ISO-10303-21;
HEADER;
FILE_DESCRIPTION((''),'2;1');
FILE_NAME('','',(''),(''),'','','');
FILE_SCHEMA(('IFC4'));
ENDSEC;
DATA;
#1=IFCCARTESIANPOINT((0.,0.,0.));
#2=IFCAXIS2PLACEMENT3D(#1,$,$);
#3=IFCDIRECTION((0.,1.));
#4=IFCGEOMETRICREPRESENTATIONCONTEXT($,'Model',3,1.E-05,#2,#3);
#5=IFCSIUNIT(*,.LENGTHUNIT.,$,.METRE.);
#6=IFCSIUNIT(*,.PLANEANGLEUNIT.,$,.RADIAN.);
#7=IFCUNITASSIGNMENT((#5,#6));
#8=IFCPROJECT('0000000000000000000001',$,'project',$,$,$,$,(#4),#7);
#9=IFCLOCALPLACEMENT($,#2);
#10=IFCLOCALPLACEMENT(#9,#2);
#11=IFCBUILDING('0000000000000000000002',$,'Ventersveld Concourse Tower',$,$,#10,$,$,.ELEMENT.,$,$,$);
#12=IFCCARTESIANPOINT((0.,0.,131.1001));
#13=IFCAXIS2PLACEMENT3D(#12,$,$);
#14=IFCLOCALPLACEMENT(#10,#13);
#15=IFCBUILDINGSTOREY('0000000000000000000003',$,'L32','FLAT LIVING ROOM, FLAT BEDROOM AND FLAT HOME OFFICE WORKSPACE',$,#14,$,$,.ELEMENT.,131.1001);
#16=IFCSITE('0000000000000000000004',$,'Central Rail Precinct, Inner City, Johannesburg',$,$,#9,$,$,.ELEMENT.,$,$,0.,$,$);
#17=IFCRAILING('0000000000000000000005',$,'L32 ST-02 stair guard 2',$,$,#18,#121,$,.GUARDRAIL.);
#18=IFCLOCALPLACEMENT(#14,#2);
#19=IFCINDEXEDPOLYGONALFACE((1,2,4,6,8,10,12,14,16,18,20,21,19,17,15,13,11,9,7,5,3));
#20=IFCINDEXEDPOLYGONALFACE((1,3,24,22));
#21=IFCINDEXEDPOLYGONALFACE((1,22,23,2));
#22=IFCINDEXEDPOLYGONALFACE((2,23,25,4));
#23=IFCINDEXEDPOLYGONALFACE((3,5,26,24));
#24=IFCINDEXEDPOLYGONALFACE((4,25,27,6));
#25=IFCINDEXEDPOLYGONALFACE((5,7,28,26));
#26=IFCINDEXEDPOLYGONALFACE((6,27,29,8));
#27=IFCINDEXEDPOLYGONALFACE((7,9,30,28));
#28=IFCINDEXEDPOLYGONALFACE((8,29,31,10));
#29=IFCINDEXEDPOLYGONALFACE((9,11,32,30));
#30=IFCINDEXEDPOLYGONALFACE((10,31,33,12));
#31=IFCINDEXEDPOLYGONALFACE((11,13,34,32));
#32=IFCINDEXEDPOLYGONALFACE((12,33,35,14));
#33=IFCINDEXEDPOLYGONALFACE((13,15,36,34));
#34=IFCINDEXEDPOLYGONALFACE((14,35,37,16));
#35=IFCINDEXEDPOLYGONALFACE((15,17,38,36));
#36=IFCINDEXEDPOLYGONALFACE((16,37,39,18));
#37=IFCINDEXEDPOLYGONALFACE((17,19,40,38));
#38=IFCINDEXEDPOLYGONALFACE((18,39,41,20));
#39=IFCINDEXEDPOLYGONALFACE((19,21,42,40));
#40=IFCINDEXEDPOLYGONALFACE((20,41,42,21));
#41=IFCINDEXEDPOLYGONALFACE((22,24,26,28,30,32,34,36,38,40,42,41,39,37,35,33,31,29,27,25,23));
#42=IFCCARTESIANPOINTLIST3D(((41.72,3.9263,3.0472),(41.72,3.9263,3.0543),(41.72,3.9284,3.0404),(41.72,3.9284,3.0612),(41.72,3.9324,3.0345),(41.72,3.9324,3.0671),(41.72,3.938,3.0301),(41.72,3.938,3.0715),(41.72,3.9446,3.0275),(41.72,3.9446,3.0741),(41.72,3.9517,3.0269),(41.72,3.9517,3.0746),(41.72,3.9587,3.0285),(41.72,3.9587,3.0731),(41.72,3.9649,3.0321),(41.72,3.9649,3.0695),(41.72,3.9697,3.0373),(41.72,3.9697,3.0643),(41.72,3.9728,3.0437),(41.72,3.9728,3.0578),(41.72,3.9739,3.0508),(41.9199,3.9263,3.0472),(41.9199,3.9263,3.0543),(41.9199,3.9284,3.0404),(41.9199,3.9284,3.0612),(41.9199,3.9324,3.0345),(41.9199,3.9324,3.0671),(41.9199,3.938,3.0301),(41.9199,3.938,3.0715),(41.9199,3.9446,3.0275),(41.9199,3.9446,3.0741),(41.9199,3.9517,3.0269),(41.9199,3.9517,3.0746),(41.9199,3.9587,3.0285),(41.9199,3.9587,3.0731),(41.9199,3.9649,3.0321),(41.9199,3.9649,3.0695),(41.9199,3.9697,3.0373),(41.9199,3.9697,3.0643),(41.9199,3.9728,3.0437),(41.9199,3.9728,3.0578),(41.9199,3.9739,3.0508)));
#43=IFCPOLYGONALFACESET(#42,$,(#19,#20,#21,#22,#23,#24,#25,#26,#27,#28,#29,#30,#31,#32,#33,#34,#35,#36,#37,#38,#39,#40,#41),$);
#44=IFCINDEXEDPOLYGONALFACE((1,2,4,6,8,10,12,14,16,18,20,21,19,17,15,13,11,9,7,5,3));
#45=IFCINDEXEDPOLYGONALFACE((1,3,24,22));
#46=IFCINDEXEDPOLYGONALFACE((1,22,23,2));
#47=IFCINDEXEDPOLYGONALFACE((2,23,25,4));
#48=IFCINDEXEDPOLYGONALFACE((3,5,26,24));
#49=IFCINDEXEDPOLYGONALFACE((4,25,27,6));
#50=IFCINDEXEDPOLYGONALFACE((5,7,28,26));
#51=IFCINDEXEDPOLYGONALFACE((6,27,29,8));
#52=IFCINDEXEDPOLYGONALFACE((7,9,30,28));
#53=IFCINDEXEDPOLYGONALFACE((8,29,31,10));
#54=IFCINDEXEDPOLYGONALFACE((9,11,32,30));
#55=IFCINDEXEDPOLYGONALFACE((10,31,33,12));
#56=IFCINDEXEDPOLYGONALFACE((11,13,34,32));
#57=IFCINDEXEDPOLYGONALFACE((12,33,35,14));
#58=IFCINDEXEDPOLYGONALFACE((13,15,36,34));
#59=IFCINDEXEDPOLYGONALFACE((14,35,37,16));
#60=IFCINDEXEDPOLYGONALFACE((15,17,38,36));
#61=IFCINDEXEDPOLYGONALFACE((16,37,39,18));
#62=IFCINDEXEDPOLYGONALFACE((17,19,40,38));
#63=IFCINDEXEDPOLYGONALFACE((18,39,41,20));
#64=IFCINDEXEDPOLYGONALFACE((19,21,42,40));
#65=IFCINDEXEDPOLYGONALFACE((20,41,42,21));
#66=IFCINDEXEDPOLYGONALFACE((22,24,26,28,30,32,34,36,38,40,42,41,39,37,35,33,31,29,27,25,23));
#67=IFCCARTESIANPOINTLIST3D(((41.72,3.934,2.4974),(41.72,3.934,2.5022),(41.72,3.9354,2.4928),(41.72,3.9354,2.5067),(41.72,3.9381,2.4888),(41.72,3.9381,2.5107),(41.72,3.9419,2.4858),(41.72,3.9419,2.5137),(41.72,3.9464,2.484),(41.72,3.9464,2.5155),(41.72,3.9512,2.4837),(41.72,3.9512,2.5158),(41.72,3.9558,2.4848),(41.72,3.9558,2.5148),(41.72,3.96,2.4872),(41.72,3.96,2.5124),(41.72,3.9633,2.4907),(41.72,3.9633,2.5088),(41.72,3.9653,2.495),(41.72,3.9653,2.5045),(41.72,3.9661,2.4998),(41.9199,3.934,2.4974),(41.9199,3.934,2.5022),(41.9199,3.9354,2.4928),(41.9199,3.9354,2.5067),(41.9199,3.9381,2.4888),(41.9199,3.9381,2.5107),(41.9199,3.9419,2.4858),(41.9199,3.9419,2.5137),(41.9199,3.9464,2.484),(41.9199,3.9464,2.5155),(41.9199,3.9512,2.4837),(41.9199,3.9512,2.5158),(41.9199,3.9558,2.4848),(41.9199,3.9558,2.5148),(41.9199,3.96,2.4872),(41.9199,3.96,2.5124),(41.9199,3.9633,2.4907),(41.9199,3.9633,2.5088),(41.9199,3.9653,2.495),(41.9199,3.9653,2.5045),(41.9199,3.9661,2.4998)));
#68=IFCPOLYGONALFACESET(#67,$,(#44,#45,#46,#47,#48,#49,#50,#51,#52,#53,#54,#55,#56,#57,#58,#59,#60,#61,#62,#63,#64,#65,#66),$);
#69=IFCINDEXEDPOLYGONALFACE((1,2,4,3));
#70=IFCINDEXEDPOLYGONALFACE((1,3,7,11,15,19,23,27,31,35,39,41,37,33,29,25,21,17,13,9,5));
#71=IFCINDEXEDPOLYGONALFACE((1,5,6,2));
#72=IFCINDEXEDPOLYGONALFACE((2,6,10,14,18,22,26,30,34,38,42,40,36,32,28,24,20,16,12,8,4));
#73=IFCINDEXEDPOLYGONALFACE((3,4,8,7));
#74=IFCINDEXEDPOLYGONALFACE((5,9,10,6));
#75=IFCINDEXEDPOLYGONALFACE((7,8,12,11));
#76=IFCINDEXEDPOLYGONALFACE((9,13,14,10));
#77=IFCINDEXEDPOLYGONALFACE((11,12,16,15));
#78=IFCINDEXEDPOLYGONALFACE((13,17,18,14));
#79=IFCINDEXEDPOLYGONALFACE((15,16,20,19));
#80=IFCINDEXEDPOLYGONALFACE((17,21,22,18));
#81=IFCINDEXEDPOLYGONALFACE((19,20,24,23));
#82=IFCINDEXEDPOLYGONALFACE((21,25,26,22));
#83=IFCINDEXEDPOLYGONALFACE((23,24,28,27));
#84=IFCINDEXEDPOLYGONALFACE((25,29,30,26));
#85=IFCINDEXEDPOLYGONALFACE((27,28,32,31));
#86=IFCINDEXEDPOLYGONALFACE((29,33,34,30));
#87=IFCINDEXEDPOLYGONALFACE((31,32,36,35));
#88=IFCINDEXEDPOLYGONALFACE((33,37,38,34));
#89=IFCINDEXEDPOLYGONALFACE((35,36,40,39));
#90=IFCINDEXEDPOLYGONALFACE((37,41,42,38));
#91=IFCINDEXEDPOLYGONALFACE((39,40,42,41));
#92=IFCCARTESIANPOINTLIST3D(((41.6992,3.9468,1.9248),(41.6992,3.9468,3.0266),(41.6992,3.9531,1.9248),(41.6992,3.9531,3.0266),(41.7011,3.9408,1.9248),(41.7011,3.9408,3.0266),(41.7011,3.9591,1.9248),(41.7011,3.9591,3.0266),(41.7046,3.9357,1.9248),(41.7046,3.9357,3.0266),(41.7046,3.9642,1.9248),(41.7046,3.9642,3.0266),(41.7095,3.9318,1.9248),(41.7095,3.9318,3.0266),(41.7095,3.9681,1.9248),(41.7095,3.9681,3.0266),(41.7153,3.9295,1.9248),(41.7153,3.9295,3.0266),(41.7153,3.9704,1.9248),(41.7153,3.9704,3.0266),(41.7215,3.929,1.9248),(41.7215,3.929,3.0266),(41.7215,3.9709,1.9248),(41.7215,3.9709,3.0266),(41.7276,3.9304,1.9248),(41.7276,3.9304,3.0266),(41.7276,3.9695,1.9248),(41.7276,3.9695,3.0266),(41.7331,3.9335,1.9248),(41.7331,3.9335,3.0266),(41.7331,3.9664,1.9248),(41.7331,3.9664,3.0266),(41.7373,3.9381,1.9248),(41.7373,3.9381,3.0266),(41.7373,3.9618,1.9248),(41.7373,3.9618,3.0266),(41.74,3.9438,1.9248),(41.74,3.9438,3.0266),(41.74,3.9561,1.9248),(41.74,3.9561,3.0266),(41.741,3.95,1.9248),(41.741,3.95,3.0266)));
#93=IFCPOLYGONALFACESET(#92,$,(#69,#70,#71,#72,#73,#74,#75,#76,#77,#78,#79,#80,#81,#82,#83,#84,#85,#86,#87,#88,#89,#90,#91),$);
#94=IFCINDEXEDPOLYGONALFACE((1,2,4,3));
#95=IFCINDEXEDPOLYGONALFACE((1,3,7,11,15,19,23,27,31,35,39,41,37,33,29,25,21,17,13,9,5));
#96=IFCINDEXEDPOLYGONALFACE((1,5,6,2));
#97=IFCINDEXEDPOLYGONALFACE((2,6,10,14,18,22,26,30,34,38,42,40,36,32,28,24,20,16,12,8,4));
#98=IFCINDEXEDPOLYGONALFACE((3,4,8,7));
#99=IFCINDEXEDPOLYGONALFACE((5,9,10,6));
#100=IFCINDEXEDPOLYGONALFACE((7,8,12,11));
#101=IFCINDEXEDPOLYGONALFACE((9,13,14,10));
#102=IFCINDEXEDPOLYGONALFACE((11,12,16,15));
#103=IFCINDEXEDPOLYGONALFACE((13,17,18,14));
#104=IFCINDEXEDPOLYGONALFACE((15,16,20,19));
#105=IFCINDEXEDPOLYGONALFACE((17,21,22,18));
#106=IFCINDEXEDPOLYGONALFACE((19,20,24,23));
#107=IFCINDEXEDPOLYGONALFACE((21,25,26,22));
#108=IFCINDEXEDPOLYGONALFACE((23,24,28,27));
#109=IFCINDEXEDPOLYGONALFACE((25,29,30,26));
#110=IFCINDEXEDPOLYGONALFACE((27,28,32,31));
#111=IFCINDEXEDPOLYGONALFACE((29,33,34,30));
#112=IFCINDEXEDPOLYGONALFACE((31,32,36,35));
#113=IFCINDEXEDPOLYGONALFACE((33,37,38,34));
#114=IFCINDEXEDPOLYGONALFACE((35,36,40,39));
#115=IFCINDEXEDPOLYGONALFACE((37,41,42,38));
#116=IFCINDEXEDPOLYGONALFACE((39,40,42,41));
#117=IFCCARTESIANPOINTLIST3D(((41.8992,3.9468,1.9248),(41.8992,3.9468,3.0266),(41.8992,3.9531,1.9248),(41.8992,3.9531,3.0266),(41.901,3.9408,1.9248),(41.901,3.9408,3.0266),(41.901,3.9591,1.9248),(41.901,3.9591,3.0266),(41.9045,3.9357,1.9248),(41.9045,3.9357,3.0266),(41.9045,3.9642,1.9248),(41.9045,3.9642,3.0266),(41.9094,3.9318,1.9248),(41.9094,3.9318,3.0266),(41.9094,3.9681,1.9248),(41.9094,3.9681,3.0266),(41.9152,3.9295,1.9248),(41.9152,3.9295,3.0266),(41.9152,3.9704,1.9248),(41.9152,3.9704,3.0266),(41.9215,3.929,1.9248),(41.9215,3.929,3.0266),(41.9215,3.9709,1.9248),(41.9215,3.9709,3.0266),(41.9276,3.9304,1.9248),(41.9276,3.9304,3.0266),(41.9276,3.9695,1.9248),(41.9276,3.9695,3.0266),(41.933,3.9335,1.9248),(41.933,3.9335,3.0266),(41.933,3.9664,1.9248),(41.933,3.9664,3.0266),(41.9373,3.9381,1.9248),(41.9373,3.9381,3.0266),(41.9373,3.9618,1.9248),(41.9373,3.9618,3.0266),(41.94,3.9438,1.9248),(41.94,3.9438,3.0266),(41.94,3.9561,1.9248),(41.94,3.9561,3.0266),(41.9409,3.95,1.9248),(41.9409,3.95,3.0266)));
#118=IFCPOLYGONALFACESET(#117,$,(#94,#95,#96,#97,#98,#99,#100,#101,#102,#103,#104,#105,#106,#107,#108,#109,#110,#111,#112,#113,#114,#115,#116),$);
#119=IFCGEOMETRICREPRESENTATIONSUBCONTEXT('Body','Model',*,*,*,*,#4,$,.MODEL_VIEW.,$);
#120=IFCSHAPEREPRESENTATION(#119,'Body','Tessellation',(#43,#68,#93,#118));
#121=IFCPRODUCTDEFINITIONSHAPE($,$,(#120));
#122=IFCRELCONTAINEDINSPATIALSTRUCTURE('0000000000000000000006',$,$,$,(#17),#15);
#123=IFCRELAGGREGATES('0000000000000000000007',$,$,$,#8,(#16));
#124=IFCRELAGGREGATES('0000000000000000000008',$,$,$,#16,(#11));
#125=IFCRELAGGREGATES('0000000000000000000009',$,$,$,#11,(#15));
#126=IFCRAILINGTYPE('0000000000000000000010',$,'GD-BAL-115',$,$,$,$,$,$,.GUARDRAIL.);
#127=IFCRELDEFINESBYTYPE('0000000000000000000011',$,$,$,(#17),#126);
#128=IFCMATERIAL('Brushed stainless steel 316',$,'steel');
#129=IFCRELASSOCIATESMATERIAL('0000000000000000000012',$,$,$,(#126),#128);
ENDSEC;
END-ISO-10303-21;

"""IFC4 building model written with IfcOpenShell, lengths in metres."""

from ifc_helpers import new_model, si_unit, direction, frame, origin, origin_2d, place, context, subcontext, project, spatial, circle, extrude, material, type_object, element, save


model = new_model("IFC4")

# Units and contexts
model_context = context("Model", 3, precision=1e-05, world=origin(), true_north=direction((0.0, 1.0)))
body_context = subcontext(model_context, "Body", "Model", "MODEL_VIEW")
ifc_project = project(units=[si_unit("LENGTHUNIT", "METRE"), si_unit("PLANEANGLEUNIT", "RADIAN")], contexts=[model_context])

# Site, building, storey
site_placement = place(None, origin())
site = spatial("IfcSite", under=ifc_project, at=site_placement, Name="Central Rail Precinct, Inner City, Johannesburg", CompositionType="ELEMENT", RefElevation=0.0)
building_placement = place(site_placement, origin())
building = spatial("IfcBuilding", under=site, at=building_placement, Name="Ventersveld Concourse Tower", CompositionType="ELEMENT")
storey_placement = place(building_placement, frame((0.0, 0.0, 131.1001)))
storey = spatial("IfcBuildingStorey", under=building, at=storey_placement, Name="L32", Description="FLAT LIVING ROOM, FLAT BEDROOM AND FLAT HOME OFFICE WORKSPACE", CompositionType="ELEMENT", Elevation=131.1001)

# Shared definitions
ifc_material_1 = material(Name="Brushed stainless steel 316", Category="steel")

# Railing
railing_type_1 = type_object("IfcRailingType", Name="GD-BAL-115", PredefinedType="GUARDRAIL", material=ifc_material_1)
railing_1_placement = place(storey_placement, frame((41.72, 3.95, 1.9248)))
element("IfcRailing", 1, at=railing_1_placement, inside=storey, type_object=railing_type_1, Name="L32 ST-02 stair guard 2", PredefinedType="GUARDRAIL", context=body_context, shape_type="SweptSolid", body=[
    extrude(circle(Radius=0.0239, at=origin_2d()), frame((0.0, 0.0, 1.126), z_axis=(1.0, 0.0, 0.0), x_axis=(0.0, 1.0, 0.0)), (0.0, 0.0, 1.0), 0.2),
    extrude(circle(Radius=0.0161, at=origin_2d()), frame((0.0, 0.0, 0.575), z_axis=(1.0, 0.0, 0.0), x_axis=(0.0, 1.0, 0.0)), (0.0, 0.0, 1.0), 0.2),
    extrude(circle(Radius=0.021, at=origin_2d()), origin(), (0.0, 0.0, 1.0), 1.1018),
    extrude(circle(Radius=0.021, at=origin_2d()), frame((0.2, 0.0, 0.0)), (0.0, 0.0, 1.0), 1.1018),
])

save(model, "model.ifc")
